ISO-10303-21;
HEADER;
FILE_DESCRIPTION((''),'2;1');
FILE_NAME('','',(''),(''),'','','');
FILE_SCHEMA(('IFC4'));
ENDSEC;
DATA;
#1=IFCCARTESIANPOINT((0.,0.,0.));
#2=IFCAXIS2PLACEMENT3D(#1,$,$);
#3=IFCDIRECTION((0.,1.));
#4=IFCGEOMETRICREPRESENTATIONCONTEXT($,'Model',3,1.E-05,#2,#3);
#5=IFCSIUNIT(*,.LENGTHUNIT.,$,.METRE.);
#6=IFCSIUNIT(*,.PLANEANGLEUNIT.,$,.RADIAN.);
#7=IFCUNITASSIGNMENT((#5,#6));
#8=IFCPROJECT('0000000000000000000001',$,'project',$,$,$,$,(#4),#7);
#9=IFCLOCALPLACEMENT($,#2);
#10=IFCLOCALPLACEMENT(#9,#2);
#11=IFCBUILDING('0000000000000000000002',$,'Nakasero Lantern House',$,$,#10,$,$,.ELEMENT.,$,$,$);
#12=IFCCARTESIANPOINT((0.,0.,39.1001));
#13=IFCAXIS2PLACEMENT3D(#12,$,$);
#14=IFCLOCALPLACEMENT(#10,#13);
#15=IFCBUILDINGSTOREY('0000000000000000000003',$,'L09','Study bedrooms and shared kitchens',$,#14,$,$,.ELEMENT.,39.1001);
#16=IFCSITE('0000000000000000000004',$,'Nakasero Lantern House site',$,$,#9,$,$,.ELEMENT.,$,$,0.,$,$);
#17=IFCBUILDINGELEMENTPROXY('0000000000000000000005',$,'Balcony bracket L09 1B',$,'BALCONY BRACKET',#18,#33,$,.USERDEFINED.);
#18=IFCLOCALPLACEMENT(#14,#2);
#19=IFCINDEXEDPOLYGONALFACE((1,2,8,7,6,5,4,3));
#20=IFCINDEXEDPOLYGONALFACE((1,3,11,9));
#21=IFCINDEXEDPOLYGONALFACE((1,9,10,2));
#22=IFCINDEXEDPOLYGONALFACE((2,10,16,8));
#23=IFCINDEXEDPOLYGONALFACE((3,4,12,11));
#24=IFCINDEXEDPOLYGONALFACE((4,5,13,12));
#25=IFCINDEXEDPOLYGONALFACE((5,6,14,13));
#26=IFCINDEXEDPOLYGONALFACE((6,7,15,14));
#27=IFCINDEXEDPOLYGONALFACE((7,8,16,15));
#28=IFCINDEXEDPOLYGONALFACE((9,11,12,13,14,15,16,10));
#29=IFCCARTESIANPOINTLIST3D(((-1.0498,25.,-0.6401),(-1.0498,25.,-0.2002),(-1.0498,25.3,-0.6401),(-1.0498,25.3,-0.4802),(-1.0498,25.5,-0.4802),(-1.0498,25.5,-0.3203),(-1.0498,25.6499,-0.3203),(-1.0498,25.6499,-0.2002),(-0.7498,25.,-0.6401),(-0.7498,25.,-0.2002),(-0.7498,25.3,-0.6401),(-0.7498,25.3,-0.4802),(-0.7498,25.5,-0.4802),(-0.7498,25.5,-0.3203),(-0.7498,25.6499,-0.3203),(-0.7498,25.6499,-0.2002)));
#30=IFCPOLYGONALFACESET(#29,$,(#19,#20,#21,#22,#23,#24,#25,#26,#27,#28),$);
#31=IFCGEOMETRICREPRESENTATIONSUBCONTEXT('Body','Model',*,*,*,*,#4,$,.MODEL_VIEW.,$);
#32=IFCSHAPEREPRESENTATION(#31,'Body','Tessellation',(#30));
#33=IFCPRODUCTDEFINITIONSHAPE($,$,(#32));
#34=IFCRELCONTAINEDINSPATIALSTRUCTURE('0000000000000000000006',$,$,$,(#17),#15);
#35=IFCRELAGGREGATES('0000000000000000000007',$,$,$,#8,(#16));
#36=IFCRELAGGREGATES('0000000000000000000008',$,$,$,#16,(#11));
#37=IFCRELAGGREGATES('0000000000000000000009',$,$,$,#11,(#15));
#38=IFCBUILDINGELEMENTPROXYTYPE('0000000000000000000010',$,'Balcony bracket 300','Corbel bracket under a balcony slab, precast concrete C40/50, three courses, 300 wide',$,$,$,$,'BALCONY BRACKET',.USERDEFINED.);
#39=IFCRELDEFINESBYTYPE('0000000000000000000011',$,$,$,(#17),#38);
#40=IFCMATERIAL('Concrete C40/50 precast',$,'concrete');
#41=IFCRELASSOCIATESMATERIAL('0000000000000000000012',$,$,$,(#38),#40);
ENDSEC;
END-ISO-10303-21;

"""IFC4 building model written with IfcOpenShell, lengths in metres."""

from ifc_helpers import new_model, si_unit, direction, frame, origin, place, context, subcontext, project, spatial, polyline, outline, extrude, material, type_object, element, save


model = new_model("IFC4")

# Units and contexts
model_context = context("Model", 3, precision=1e-05, world=origin(), true_north=direction((0.0, 1.0)))
body_context = subcontext(model_context, "Body", "Model", "MODEL_VIEW")
ifc_project = project(units=[si_unit("LENGTHUNIT", "METRE"), si_unit("PLANEANGLEUNIT", "RADIAN")], contexts=[model_context])

# Site, building, storey
site_placement = place(None, origin())
site = spatial("IfcSite", under=ifc_project, at=site_placement, Name="Nakasero Lantern House site", CompositionType="ELEMENT", RefElevation=0.0)
building_placement = place(site_placement, origin())
building = spatial("IfcBuilding", under=site, at=building_placement, Name="Nakasero Lantern House", CompositionType="ELEMENT")
storey_placement = place(building_placement, frame((0.0, 0.0, 39.1001)))
storey = spatial("IfcBuildingStorey", under=building, at=storey_placement, Name="L09", Description="Study bedrooms and shared kitchens", CompositionType="ELEMENT", Elevation=39.1001)

# Building element proxy
ifc_material_1 = material(Name="Concrete C40/50 precast", Category="concrete")
building_element_proxy_type = type_object("IfcBuildingElementProxyType", Name="Balcony bracket 300", Description="Corbel bracket under a balcony slab, precast concrete C40/50, three courses, 300 wide", ElementType="BALCONY BRACKET", PredefinedType="USERDEFINED", material=ifc_material_1)
proxy_placement = place(storey_placement, frame((-0.8999, 25.0, -0.2002), z_axis=(0.0, 0.0, 1.0), x_axis=(0.0, 1.0, 0.0)))
element("IfcBuildingElementProxy", 1, at=proxy_placement, inside=storey, type_object=building_element_proxy_type, Name="Balcony bracket L09 1B", ObjectType="BALCONY BRACKET", PredefinedType="USERDEFINED", context=body_context, shape_type="SweptSolid", body=[
    extrude(outline(polyline([(0.0, 0.0), (0.6499, 0.0), (0.6499, -0.1201), (0.5, -0.1201), (0.5, -0.28), (0.3, -0.28), (0.3, -0.4399), (0.0, -0.4399), (0.0, 0.0)])), frame((0.0, 0.1499, 0.0), z_axis=(0.0, -1.0, 0.0), x_axis=(1.0, 0.0, 0.0)), (0.0, 0.0, 1.0), 0.3),
])

save(model, "model.ifc")
